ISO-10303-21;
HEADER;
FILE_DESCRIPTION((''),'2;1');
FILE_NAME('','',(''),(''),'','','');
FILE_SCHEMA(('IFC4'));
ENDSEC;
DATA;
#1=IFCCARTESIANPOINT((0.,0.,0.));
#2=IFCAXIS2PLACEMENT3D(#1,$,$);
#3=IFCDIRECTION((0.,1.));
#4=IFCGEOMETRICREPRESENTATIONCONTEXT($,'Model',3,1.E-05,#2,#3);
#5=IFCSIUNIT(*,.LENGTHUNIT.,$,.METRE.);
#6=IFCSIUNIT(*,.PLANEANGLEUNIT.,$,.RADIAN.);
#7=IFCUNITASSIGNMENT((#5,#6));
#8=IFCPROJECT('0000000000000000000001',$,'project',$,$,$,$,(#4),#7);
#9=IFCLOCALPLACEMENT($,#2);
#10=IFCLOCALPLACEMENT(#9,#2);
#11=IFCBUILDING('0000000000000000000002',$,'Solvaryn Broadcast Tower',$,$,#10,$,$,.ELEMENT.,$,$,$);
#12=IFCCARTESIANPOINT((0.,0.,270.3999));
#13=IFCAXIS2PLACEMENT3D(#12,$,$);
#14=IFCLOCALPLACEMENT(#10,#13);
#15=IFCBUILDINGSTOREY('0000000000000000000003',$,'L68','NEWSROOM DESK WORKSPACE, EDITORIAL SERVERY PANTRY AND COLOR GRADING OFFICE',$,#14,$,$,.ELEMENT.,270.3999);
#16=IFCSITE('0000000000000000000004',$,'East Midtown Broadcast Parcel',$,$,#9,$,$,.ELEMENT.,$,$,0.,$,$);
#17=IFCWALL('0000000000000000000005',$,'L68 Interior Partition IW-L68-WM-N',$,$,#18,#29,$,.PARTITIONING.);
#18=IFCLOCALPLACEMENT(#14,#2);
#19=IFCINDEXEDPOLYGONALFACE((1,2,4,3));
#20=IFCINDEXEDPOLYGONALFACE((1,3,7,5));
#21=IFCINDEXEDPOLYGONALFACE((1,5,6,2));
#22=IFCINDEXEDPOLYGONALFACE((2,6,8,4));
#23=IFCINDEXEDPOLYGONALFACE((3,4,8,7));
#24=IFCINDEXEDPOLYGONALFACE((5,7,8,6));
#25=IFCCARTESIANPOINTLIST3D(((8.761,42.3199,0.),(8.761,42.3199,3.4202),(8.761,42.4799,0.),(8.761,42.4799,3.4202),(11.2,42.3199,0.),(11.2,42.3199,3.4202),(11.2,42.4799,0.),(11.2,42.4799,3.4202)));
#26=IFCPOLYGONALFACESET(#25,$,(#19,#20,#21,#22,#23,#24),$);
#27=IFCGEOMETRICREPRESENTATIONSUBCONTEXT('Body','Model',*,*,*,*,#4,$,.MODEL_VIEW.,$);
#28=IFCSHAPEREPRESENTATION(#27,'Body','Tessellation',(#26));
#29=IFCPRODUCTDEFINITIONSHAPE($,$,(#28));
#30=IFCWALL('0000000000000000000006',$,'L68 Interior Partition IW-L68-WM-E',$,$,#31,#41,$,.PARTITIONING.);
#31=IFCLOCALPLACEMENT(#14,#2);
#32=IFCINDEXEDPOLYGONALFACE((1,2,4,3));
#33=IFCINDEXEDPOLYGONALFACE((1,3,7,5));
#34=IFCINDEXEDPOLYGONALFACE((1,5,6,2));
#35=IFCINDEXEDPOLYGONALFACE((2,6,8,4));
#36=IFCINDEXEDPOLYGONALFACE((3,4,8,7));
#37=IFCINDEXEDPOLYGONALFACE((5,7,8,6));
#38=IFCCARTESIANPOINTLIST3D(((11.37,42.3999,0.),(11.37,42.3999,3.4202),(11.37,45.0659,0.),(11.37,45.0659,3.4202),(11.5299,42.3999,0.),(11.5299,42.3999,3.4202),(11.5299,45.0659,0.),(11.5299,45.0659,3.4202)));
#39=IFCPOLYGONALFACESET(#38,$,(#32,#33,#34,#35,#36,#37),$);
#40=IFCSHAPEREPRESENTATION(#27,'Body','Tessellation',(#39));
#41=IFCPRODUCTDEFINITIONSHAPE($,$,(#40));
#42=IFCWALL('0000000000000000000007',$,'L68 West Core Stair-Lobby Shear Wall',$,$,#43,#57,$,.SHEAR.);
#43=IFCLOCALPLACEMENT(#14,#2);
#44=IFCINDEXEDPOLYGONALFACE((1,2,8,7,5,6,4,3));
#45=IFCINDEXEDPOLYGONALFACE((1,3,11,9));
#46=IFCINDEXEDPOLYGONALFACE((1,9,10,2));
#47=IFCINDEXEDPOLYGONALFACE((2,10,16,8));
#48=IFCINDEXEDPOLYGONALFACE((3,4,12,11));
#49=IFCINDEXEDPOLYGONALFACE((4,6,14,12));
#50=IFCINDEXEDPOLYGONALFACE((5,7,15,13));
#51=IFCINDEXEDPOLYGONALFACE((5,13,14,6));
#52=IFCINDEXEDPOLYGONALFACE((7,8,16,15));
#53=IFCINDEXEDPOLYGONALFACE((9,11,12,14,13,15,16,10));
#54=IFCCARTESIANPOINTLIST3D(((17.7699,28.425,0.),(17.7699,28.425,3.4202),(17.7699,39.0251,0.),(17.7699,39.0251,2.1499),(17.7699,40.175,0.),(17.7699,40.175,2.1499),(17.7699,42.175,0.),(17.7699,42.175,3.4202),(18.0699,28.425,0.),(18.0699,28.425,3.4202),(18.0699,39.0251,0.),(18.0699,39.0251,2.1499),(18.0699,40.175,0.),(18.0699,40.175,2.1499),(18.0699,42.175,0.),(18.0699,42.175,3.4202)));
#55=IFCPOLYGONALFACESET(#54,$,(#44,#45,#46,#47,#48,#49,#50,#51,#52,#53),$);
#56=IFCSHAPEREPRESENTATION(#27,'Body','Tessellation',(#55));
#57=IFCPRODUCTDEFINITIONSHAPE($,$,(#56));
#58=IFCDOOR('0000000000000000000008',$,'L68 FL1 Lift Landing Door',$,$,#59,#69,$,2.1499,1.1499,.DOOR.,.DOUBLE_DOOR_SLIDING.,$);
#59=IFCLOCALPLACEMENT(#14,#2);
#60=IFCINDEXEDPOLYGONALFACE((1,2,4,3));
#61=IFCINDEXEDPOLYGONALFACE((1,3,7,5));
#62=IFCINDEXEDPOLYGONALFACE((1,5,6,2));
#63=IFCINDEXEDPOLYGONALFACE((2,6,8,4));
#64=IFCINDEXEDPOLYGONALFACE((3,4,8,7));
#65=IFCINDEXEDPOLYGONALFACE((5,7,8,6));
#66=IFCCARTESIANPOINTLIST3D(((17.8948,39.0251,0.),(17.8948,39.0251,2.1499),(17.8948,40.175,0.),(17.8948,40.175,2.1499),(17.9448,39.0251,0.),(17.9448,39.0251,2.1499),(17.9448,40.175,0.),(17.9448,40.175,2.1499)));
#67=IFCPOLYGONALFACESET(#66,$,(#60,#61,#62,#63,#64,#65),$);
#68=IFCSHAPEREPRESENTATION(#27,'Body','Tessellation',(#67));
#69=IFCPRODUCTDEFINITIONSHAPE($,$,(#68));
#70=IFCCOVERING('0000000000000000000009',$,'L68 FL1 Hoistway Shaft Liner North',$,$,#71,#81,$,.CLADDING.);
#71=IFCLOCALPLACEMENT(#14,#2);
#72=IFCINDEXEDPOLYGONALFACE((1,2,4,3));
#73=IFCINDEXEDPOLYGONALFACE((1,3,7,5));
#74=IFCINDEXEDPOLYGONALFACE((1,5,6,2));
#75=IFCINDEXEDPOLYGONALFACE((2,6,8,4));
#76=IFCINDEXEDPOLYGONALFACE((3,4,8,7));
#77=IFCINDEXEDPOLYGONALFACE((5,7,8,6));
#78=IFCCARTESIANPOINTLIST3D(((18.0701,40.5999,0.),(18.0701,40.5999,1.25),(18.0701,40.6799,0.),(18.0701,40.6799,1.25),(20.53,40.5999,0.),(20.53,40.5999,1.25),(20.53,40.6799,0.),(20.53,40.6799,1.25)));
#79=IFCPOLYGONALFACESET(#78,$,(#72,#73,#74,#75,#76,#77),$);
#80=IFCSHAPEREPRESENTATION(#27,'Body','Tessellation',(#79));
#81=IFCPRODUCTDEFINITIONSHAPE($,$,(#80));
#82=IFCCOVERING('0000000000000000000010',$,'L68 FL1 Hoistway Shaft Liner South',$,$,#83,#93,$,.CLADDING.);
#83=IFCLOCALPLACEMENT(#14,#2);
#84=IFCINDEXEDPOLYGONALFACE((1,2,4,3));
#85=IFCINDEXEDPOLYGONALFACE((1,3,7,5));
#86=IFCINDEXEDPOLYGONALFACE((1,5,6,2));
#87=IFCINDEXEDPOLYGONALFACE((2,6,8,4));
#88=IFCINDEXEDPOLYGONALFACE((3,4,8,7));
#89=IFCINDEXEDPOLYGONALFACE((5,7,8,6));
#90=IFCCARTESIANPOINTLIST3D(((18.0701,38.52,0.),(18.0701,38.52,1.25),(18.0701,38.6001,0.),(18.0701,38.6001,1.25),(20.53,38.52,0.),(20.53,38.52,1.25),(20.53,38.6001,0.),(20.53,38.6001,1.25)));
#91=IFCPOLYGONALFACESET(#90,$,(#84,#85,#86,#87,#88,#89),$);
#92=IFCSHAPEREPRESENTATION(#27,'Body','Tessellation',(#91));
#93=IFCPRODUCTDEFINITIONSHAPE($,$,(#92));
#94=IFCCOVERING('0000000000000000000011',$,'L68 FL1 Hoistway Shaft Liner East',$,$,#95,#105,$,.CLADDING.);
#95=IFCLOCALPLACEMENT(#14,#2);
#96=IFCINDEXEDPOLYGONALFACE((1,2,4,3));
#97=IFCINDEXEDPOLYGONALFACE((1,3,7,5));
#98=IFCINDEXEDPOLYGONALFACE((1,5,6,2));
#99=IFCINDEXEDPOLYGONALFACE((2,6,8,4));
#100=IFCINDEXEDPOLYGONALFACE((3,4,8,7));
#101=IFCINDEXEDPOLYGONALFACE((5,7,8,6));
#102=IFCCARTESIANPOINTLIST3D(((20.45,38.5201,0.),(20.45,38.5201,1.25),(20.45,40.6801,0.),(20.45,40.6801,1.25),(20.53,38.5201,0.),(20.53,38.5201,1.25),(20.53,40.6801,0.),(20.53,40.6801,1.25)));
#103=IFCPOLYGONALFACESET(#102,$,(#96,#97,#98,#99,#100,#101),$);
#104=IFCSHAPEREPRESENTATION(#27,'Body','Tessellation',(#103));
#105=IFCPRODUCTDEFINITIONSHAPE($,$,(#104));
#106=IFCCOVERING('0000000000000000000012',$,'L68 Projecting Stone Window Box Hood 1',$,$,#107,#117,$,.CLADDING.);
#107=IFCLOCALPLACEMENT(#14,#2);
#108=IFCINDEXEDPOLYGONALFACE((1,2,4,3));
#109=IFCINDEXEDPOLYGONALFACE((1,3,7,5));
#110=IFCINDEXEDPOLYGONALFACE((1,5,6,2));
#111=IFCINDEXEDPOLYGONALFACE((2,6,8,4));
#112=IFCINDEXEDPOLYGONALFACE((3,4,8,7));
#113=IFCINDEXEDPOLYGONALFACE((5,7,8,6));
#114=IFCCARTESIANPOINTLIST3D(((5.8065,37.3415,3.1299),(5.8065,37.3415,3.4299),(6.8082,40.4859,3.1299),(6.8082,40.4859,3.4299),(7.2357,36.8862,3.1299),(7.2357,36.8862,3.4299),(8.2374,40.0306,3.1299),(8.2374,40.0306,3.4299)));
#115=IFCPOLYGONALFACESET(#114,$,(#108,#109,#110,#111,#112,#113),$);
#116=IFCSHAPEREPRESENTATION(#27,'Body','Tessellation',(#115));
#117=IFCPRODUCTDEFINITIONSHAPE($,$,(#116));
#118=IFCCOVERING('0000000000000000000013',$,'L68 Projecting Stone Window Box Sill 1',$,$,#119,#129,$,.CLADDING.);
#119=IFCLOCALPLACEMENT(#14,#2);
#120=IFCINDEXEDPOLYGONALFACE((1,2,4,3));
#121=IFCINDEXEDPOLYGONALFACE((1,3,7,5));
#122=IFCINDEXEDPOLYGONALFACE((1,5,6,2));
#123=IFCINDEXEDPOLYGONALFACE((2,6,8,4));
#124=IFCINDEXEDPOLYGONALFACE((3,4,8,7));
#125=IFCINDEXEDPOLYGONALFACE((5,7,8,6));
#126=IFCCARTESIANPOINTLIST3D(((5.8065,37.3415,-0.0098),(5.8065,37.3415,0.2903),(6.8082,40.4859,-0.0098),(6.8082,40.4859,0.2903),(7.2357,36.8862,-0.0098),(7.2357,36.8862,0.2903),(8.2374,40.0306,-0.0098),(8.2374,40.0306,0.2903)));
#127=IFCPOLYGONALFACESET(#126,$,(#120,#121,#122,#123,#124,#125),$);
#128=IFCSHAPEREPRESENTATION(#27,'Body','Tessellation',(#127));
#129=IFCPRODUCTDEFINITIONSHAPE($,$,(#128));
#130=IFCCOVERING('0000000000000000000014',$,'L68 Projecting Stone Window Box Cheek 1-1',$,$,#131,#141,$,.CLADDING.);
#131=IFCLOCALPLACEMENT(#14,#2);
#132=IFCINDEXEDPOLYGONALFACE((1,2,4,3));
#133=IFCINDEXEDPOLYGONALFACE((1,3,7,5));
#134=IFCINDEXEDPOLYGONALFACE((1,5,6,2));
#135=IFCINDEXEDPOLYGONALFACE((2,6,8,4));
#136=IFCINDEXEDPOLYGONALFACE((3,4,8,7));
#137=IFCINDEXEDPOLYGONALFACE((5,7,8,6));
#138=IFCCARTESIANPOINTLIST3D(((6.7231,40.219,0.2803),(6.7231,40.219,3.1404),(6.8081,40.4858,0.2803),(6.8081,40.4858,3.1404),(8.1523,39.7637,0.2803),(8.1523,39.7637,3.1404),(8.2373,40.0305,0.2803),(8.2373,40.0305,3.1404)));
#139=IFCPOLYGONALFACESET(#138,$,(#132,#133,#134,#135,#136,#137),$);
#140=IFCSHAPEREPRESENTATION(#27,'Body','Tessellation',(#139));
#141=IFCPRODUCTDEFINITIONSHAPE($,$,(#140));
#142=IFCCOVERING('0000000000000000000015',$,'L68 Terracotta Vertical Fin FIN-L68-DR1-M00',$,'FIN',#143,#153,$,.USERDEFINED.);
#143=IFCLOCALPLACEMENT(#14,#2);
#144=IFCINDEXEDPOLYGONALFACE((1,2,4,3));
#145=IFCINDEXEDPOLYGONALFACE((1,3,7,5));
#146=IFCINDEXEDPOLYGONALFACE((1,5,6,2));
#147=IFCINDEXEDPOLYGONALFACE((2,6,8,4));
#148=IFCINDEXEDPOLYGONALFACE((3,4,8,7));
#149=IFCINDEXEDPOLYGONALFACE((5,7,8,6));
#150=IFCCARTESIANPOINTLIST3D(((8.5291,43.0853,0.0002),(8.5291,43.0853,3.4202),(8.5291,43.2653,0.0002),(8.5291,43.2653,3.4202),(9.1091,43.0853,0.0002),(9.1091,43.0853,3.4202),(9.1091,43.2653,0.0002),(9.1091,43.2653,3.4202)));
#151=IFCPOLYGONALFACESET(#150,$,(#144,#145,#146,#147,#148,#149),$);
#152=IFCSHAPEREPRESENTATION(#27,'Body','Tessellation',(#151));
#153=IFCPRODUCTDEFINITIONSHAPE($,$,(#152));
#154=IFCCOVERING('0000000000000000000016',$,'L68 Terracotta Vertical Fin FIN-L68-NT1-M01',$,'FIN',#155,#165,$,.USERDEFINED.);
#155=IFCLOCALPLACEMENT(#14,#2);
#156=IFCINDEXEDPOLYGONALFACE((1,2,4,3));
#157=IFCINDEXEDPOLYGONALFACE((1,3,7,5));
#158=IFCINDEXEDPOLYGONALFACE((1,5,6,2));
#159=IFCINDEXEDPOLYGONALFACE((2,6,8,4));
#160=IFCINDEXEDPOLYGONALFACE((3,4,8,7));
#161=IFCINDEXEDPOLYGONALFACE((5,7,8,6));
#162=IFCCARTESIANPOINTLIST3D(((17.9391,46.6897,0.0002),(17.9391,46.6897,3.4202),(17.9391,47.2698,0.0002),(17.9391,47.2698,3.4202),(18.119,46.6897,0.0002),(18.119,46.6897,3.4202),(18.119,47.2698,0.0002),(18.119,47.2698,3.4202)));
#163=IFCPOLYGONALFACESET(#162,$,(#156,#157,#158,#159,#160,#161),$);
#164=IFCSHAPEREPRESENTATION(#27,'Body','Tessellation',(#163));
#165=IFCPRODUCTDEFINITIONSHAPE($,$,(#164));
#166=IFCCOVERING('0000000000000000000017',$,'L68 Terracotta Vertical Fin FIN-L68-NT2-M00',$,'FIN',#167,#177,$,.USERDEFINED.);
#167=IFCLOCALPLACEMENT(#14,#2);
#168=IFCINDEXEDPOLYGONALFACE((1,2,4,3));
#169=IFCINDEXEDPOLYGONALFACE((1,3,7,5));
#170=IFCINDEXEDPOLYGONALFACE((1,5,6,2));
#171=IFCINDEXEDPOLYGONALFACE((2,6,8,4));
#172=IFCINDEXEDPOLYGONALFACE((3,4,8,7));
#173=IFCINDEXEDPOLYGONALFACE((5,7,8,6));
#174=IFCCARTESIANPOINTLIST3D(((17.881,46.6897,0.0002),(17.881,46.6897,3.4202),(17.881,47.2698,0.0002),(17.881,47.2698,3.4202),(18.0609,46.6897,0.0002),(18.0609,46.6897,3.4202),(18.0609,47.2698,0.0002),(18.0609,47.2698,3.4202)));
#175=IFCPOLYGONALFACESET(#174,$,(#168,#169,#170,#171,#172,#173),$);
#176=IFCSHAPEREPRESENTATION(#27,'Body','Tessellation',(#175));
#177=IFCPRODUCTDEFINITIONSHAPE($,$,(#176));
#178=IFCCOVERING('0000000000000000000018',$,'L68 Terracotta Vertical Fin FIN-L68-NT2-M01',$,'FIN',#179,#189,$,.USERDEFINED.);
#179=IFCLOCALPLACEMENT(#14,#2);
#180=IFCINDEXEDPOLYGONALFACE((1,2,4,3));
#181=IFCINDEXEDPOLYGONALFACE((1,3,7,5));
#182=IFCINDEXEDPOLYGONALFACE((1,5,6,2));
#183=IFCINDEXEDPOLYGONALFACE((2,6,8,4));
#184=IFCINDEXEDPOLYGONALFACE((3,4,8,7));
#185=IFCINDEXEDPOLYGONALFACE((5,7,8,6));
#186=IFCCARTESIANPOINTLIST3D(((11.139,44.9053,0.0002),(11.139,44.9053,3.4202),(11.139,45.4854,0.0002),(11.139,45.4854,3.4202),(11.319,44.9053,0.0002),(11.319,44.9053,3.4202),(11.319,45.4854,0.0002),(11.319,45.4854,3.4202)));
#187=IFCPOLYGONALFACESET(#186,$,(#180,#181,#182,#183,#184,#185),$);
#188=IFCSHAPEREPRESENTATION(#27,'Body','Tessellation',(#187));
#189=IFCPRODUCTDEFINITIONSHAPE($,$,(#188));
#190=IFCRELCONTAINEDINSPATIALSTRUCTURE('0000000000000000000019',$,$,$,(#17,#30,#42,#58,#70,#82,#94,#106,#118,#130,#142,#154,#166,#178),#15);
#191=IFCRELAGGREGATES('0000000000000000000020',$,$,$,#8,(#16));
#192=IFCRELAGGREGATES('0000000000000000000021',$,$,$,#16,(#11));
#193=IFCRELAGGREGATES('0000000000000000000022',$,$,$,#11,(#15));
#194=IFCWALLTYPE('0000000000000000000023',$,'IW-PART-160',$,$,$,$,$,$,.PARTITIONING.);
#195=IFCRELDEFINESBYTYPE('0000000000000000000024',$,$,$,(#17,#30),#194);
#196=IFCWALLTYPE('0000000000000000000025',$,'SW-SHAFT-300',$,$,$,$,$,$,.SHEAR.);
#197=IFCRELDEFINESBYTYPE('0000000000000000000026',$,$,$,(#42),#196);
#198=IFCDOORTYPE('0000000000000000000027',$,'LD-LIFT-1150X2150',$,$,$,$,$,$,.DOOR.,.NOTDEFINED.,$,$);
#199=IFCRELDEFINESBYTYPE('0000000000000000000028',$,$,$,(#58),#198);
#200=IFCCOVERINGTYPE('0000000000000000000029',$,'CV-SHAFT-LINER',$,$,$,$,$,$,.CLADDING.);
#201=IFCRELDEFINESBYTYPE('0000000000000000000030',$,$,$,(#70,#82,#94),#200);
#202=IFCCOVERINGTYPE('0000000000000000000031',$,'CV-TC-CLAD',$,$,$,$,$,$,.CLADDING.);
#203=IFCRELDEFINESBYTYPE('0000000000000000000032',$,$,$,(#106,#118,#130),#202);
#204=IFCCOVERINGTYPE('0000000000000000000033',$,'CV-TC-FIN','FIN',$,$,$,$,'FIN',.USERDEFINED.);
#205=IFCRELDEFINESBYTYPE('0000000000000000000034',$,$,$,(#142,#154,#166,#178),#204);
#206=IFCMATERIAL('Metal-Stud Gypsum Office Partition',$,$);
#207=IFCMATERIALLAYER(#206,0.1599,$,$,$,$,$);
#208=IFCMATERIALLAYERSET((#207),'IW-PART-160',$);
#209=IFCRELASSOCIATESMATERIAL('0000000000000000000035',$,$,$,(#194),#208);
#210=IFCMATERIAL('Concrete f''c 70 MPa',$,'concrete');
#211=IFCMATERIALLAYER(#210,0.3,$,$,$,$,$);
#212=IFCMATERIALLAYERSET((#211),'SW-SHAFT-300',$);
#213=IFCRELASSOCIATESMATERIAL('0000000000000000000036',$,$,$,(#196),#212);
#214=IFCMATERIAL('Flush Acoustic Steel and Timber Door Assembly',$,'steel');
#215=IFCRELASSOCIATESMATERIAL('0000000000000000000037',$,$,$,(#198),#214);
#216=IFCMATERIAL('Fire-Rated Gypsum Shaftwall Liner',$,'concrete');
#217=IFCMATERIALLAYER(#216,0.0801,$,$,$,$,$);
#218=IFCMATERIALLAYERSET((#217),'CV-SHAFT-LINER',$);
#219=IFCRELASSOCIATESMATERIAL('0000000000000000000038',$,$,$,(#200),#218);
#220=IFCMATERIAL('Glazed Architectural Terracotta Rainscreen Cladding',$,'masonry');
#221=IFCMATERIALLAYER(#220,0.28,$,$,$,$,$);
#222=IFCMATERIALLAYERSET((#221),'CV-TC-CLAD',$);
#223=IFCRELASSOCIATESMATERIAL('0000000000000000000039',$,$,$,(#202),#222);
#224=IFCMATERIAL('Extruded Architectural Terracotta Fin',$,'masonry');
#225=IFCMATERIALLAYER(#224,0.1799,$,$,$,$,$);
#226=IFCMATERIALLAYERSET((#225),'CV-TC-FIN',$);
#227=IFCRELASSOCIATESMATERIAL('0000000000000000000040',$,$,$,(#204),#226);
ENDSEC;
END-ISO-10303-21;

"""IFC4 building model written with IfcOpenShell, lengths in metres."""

from ifc_helpers import new_model, si_unit, direction, frame, frame_2d, origin, origin_2d, place, context, subcontext, project, spatial, rectangle, extrude, material, layer, layer_set, type_object, element, fill, save


model = new_model("IFC4")

# Units and contexts
model_context = context("Model", 3, precision=1e-05, world=origin(), true_north=direction((0.0, 1.0)))
body_context = subcontext(model_context, "Body", "Model", "MODEL_VIEW")
ifc_project = project(units=[si_unit("LENGTHUNIT", "METRE"), si_unit("PLANEANGLEUNIT", "RADIAN")], contexts=[model_context])

# Site, building, storey
site_placement = place(None, origin())
site = spatial("IfcSite", under=ifc_project, at=site_placement, Name="East Midtown Broadcast Parcel", CompositionType="ELEMENT", RefElevation=0.0)
building_placement = place(site_placement, origin())
building = spatial("IfcBuilding", under=site, at=building_placement, Name="Solvaryn Broadcast Tower", CompositionType="ELEMENT")
storey_placement = place(building_placement, frame((0.0, 0.0, 270.3999)))
storey = spatial("IfcBuildingStorey", under=building, at=storey_placement, Name="L68", Description="NEWSROOM DESK WORKSPACE, EDITORIAL SERVERY PANTRY AND COLOR GRADING OFFICE", CompositionType="ELEMENT", Elevation=270.3999)

# Walls
ifc_material_1 = material(Name="Metal-Stud Gypsum Office Partition")
ifc_layer_1 = layer(ifc_material_1, 0.1599)
ifc_layer_set_1 = layer_set([ifc_layer_1], Name="IW-PART-160")
wall_type_1 = type_object("IfcWallType", Name="IW-PART-160", PredefinedType="PARTITIONING", material=ifc_layer_set_1)
wall_1_placement = place(storey_placement, frame((8.761, 42.3999, 0.0), z_axis=(0.0, 0.0, 1.0), x_axis=(1.0, 0.0, 0.0)))
element("IfcWall", 1, at=wall_1_placement, inside=storey, type_object=wall_type_1, Name="L68 Interior Partition IW-L68-WM-N", PredefinedType="PARTITIONING", context=body_context, shape_type="SweptSolid", body=[
    extrude(rectangle(XDim=2.439, YDim=0.1599, at=frame_2d((1.2195, 0.0))), origin(), (0.0, 0.0, 1.0), 3.4202),
])
wall_2_placement = place(storey_placement, frame((11.45, 42.3999, 0.0), z_axis=(0.0, 0.0, 1.0), x_axis=(0.0, 1.0, 0.0)))
element("IfcWall", 2, at=wall_2_placement, inside=storey, type_object=wall_type_1, Name="L68 Interior Partition IW-L68-WM-E", PredefinedType="PARTITIONING", context=body_context, shape_type="SweptSolid", body=[
    extrude(rectangle(XDim=2.666, YDim=0.1599, at=frame_2d((1.333, 0.0))), origin(), (0.0, 0.0, 1.0), 3.4202),
])

# Wall, opening, door
ifc_material_2 = material(Name="Concrete f'c 70 MPa", Category="concrete")
ifc_layer_2 = layer(ifc_material_2, 0.3)
ifc_layer_set_2 = layer_set([ifc_layer_2], Name="SW-SHAFT-300")
wall_type_2 = type_object("IfcWallType", Name="SW-SHAFT-300", PredefinedType="SHEAR", material=ifc_layer_set_2)
wall_3_placement = place(storey_placement, frame((17.9199, 42.175, 0.0), z_axis=(0.0, 0.0, 1.0), x_axis=(0.0, -1.0, 0.0)))
wall_3 = element("IfcWall", 3, at=wall_3_placement, inside=storey, type_object=wall_type_2, Name="L68 West Core Stair-Lobby Shear Wall", PredefinedType="SHEAR", context=body_context, shape_type="SweptSolid", body=[
    extrude(rectangle(XDim=13.75, YDim=0.3, at=frame_2d((6.875, 0.0))), origin(), (0.0, 0.0, 1.0), 3.4202),
])
opening_placement = place(wall_3_placement, frame((2.0, 0.0, 0.0)))
opening = element("IfcOpeningElement", 4, at=opening_placement, cuts=wall_3, PredefinedType="OPENING", context=body_context, shape_type="SweptSolid", body=[
    extrude(rectangle(XDim=1.1499, YDim=2.1499, at=frame_2d((0.575, 1.075))), frame((0.0, 0.1599, 0.0), z_axis=(0.0, -1.0, 0.0), x_axis=(1.0, 0.0, 0.0)), (0.0, 0.0, 1.0), 0.3201),
])
ifc_material_3 = material(Name="Flush Acoustic Steel and Timber Door Assembly", Category="steel")
door_type = type_object("IfcDoorType", Name="LD-LIFT-1150X2150", OperationType="NOTDEFINED", PredefinedType="DOOR", material=ifc_material_3)
door_placement = place(opening_placement, origin())
door = element("IfcDoor", 5, at=door_placement, inside=storey, type_object=door_type, Name="L68 FL1 Lift Landing Door", OperationType="DOUBLE_DOOR_SLIDING", OverallHeight=2.1499, OverallWidth=1.1499, PredefinedType="DOOR", context=body_context, shape_type="SweptSolid", body=[
    extrude(rectangle(XDim=1.1499, YDim=2.1499, at=frame_2d((0.575, 1.075))), frame((0.0, 0.0249, 0.0), z_axis=(0.0, -1.0, 0.0), x_axis=(1.0, 0.0, 0.0)), (0.0, 0.0, 1.0), 0.05),
])
fill(opening, door)

# Coverings
ifc_material_4 = material(Name="Fire-Rated Gypsum Shaftwall Liner", Category="concrete")
ifc_layer_3 = layer(ifc_material_4, 0.0801)
ifc_layer_set_3 = layer_set([ifc_layer_3], Name="CV-SHAFT-LINER")
covering_type_1 = type_object("IfcCoveringType", Name="CV-SHAFT-LINER", PredefinedType="CLADDING", material=ifc_layer_set_3)
for number, where, z_axis, x_axis, name in (
    (6, (19.3, 40.6399, 0.0), (0.0, 0.0, 1.0), (1.0, 0.0, 0.0), "L68 FL1 Hoistway Shaft Liner North"),
    (7, (19.3, 38.5601, 0.0), (0.0, 0.0, 1.0), (1.0, 0.0, 0.0), "L68 FL1 Hoistway Shaft Liner South"),
):
    element("IfcCovering", number, at=place(storey_placement, frame(where, z_axis=z_axis, x_axis=x_axis)), inside=storey, type_object=covering_type_1, Name=name, PredefinedType="CLADDING", context=body_context, shape_type="SweptSolid", body=[
        extrude(rectangle(XDim=2.46, YDim=0.0801, at=origin_2d()), origin(), (0.0, 0.0, 1.0), 1.25),
    ])
covering_1_placement = place(storey_placement, frame((20.49, 39.6001, 0.0), z_axis=(0.0, 0.0, 1.0), x_axis=(1.0, 0.0, 0.0)))
element("IfcCovering", 8, at=covering_1_placement, inside=storey, type_object=covering_type_1, Name="L68 FL1 Hoistway Shaft Liner East", PredefinedType="CLADDING", context=body_context, shape_type="SweptSolid", body=[
    extrude(rectangle(XDim=0.0801, YDim=2.1599, at=origin_2d()), origin(), (0.0, 0.0, 1.0), 1.25),
])
ifc_material_5 = material(Name="Glazed Architectural Terracotta Rainscreen Cladding", Category="masonry")
ifc_layer_4 = layer(ifc_material_5, 0.28)
ifc_layer_set_4 = layer_set([ifc_layer_4], Name="CV-TC-CLAD")
covering_type_2 = type_object("IfcCoveringType", Name="CV-TC-CLAD", PredefinedType="CLADDING", material=ifc_layer_set_4)
for number, where, z_axis, x_axis, name in (
    (9, (7.022, 38.686, 3.1299), (0.0, 0.0, 1.0), (-0.303534, -0.952821, 0.0), "L68 Projecting Stone Window Box Hood 1"),
    (10, (7.022, 38.686, -0.0098), (0.0, 0.0, 1.0), (-0.303534, -0.952821, 0.0), "L68 Projecting Stone Window Box Sill 1"),
):
    element("IfcCovering", number, at=place(storey_placement, frame(where, z_axis=z_axis, x_axis=x_axis)), inside=storey, type_object=covering_type_2, Name=name, PredefinedType="CLADDING", context=body_context, shape_type="SweptSolid", body=[
        extrude(rectangle(XDim=3.3, YDim=1.5, at=origin_2d()), origin(), (0.0, 0.0, 1.0), 0.3),
    ])
covering_2_placement = place(storey_placement, frame((7.4802, 40.1248, 0.2803), z_axis=(0.0, 0.0, 1.0), x_axis=(-0.303534, -0.952821, 0.0)))
element("IfcCovering", 11, at=covering_2_placement, inside=storey, type_object=covering_type_2, Name="L68 Projecting Stone Window Box Cheek 1-1", PredefinedType="CLADDING", context=body_context, shape_type="SweptSolid", body=[
    extrude(rectangle(XDim=0.28, YDim=1.5, at=origin_2d()), origin(), (0.0, 0.0, 1.0), 2.8601),
])
ifc_material_6 = material(Name="Extruded Architectural Terracotta Fin", Category="masonry")
ifc_layer_5 = layer(ifc_material_6, 0.1799)
ifc_layer_set_5 = layer_set([ifc_layer_5], Name="CV-TC-FIN")
covering_type_3 = type_object("IfcCoveringType", Name="CV-TC-FIN", Description="FIN", ElementType="FIN", PredefinedType="USERDEFINED", material=ifc_layer_set_5)
covering_3_placement = place(storey_placement, frame((8.8191, 43.1753, 0.0002), z_axis=(0.0, 0.0, 1.0), x_axis=(1.0, 0.0, 0.0)))
element("IfcCovering", 12, at=covering_3_placement, inside=storey, type_object=covering_type_3, Name="L68 Terracotta Vertical Fin FIN-L68-DR1-M00", ObjectType="FIN", PredefinedType="USERDEFINED", context=body_context, shape_type="SweptSolid", body=[
    extrude(rectangle(XDim=0.5801, YDim=0.1799, at=origin_2d()), origin(), (0.0, 0.0, 1.0), 3.4199),
])
for number, where, z_axis, x_axis, name in (
    (13, (18.0291, 46.9797, 0.0002), (0.0, 0.0, 1.0), (1.0, 0.0, 0.0), "L68 Terracotta Vertical Fin FIN-L68-NT1-M01"),
    (14, (17.9709, 46.9797, 0.0002), (0.0, 0.0, 1.0), (1.0, 0.0, 0.0), "L68 Terracotta Vertical Fin FIN-L68-NT2-M00"),
    (15, (11.229, 45.1953, 0.0002), (0.0, 0.0, 1.0), (1.0, 0.0, 0.0), "L68 Terracotta Vertical Fin FIN-L68-NT2-M01"),
):
    element("IfcCovering", number, at=place(storey_placement, frame(where, z_axis=z_axis, x_axis=x_axis)), inside=storey, type_object=covering_type_3, Name=name, ObjectType="FIN", PredefinedType="USERDEFINED", context=body_context, shape_type="SweptSolid", body=[
        extrude(rectangle(XDim=0.1799, YDim=0.5801, at=origin_2d()), origin(), (0.0, 0.0, 1.0), 3.4199),
    ])

save(model, "model.ifc")
